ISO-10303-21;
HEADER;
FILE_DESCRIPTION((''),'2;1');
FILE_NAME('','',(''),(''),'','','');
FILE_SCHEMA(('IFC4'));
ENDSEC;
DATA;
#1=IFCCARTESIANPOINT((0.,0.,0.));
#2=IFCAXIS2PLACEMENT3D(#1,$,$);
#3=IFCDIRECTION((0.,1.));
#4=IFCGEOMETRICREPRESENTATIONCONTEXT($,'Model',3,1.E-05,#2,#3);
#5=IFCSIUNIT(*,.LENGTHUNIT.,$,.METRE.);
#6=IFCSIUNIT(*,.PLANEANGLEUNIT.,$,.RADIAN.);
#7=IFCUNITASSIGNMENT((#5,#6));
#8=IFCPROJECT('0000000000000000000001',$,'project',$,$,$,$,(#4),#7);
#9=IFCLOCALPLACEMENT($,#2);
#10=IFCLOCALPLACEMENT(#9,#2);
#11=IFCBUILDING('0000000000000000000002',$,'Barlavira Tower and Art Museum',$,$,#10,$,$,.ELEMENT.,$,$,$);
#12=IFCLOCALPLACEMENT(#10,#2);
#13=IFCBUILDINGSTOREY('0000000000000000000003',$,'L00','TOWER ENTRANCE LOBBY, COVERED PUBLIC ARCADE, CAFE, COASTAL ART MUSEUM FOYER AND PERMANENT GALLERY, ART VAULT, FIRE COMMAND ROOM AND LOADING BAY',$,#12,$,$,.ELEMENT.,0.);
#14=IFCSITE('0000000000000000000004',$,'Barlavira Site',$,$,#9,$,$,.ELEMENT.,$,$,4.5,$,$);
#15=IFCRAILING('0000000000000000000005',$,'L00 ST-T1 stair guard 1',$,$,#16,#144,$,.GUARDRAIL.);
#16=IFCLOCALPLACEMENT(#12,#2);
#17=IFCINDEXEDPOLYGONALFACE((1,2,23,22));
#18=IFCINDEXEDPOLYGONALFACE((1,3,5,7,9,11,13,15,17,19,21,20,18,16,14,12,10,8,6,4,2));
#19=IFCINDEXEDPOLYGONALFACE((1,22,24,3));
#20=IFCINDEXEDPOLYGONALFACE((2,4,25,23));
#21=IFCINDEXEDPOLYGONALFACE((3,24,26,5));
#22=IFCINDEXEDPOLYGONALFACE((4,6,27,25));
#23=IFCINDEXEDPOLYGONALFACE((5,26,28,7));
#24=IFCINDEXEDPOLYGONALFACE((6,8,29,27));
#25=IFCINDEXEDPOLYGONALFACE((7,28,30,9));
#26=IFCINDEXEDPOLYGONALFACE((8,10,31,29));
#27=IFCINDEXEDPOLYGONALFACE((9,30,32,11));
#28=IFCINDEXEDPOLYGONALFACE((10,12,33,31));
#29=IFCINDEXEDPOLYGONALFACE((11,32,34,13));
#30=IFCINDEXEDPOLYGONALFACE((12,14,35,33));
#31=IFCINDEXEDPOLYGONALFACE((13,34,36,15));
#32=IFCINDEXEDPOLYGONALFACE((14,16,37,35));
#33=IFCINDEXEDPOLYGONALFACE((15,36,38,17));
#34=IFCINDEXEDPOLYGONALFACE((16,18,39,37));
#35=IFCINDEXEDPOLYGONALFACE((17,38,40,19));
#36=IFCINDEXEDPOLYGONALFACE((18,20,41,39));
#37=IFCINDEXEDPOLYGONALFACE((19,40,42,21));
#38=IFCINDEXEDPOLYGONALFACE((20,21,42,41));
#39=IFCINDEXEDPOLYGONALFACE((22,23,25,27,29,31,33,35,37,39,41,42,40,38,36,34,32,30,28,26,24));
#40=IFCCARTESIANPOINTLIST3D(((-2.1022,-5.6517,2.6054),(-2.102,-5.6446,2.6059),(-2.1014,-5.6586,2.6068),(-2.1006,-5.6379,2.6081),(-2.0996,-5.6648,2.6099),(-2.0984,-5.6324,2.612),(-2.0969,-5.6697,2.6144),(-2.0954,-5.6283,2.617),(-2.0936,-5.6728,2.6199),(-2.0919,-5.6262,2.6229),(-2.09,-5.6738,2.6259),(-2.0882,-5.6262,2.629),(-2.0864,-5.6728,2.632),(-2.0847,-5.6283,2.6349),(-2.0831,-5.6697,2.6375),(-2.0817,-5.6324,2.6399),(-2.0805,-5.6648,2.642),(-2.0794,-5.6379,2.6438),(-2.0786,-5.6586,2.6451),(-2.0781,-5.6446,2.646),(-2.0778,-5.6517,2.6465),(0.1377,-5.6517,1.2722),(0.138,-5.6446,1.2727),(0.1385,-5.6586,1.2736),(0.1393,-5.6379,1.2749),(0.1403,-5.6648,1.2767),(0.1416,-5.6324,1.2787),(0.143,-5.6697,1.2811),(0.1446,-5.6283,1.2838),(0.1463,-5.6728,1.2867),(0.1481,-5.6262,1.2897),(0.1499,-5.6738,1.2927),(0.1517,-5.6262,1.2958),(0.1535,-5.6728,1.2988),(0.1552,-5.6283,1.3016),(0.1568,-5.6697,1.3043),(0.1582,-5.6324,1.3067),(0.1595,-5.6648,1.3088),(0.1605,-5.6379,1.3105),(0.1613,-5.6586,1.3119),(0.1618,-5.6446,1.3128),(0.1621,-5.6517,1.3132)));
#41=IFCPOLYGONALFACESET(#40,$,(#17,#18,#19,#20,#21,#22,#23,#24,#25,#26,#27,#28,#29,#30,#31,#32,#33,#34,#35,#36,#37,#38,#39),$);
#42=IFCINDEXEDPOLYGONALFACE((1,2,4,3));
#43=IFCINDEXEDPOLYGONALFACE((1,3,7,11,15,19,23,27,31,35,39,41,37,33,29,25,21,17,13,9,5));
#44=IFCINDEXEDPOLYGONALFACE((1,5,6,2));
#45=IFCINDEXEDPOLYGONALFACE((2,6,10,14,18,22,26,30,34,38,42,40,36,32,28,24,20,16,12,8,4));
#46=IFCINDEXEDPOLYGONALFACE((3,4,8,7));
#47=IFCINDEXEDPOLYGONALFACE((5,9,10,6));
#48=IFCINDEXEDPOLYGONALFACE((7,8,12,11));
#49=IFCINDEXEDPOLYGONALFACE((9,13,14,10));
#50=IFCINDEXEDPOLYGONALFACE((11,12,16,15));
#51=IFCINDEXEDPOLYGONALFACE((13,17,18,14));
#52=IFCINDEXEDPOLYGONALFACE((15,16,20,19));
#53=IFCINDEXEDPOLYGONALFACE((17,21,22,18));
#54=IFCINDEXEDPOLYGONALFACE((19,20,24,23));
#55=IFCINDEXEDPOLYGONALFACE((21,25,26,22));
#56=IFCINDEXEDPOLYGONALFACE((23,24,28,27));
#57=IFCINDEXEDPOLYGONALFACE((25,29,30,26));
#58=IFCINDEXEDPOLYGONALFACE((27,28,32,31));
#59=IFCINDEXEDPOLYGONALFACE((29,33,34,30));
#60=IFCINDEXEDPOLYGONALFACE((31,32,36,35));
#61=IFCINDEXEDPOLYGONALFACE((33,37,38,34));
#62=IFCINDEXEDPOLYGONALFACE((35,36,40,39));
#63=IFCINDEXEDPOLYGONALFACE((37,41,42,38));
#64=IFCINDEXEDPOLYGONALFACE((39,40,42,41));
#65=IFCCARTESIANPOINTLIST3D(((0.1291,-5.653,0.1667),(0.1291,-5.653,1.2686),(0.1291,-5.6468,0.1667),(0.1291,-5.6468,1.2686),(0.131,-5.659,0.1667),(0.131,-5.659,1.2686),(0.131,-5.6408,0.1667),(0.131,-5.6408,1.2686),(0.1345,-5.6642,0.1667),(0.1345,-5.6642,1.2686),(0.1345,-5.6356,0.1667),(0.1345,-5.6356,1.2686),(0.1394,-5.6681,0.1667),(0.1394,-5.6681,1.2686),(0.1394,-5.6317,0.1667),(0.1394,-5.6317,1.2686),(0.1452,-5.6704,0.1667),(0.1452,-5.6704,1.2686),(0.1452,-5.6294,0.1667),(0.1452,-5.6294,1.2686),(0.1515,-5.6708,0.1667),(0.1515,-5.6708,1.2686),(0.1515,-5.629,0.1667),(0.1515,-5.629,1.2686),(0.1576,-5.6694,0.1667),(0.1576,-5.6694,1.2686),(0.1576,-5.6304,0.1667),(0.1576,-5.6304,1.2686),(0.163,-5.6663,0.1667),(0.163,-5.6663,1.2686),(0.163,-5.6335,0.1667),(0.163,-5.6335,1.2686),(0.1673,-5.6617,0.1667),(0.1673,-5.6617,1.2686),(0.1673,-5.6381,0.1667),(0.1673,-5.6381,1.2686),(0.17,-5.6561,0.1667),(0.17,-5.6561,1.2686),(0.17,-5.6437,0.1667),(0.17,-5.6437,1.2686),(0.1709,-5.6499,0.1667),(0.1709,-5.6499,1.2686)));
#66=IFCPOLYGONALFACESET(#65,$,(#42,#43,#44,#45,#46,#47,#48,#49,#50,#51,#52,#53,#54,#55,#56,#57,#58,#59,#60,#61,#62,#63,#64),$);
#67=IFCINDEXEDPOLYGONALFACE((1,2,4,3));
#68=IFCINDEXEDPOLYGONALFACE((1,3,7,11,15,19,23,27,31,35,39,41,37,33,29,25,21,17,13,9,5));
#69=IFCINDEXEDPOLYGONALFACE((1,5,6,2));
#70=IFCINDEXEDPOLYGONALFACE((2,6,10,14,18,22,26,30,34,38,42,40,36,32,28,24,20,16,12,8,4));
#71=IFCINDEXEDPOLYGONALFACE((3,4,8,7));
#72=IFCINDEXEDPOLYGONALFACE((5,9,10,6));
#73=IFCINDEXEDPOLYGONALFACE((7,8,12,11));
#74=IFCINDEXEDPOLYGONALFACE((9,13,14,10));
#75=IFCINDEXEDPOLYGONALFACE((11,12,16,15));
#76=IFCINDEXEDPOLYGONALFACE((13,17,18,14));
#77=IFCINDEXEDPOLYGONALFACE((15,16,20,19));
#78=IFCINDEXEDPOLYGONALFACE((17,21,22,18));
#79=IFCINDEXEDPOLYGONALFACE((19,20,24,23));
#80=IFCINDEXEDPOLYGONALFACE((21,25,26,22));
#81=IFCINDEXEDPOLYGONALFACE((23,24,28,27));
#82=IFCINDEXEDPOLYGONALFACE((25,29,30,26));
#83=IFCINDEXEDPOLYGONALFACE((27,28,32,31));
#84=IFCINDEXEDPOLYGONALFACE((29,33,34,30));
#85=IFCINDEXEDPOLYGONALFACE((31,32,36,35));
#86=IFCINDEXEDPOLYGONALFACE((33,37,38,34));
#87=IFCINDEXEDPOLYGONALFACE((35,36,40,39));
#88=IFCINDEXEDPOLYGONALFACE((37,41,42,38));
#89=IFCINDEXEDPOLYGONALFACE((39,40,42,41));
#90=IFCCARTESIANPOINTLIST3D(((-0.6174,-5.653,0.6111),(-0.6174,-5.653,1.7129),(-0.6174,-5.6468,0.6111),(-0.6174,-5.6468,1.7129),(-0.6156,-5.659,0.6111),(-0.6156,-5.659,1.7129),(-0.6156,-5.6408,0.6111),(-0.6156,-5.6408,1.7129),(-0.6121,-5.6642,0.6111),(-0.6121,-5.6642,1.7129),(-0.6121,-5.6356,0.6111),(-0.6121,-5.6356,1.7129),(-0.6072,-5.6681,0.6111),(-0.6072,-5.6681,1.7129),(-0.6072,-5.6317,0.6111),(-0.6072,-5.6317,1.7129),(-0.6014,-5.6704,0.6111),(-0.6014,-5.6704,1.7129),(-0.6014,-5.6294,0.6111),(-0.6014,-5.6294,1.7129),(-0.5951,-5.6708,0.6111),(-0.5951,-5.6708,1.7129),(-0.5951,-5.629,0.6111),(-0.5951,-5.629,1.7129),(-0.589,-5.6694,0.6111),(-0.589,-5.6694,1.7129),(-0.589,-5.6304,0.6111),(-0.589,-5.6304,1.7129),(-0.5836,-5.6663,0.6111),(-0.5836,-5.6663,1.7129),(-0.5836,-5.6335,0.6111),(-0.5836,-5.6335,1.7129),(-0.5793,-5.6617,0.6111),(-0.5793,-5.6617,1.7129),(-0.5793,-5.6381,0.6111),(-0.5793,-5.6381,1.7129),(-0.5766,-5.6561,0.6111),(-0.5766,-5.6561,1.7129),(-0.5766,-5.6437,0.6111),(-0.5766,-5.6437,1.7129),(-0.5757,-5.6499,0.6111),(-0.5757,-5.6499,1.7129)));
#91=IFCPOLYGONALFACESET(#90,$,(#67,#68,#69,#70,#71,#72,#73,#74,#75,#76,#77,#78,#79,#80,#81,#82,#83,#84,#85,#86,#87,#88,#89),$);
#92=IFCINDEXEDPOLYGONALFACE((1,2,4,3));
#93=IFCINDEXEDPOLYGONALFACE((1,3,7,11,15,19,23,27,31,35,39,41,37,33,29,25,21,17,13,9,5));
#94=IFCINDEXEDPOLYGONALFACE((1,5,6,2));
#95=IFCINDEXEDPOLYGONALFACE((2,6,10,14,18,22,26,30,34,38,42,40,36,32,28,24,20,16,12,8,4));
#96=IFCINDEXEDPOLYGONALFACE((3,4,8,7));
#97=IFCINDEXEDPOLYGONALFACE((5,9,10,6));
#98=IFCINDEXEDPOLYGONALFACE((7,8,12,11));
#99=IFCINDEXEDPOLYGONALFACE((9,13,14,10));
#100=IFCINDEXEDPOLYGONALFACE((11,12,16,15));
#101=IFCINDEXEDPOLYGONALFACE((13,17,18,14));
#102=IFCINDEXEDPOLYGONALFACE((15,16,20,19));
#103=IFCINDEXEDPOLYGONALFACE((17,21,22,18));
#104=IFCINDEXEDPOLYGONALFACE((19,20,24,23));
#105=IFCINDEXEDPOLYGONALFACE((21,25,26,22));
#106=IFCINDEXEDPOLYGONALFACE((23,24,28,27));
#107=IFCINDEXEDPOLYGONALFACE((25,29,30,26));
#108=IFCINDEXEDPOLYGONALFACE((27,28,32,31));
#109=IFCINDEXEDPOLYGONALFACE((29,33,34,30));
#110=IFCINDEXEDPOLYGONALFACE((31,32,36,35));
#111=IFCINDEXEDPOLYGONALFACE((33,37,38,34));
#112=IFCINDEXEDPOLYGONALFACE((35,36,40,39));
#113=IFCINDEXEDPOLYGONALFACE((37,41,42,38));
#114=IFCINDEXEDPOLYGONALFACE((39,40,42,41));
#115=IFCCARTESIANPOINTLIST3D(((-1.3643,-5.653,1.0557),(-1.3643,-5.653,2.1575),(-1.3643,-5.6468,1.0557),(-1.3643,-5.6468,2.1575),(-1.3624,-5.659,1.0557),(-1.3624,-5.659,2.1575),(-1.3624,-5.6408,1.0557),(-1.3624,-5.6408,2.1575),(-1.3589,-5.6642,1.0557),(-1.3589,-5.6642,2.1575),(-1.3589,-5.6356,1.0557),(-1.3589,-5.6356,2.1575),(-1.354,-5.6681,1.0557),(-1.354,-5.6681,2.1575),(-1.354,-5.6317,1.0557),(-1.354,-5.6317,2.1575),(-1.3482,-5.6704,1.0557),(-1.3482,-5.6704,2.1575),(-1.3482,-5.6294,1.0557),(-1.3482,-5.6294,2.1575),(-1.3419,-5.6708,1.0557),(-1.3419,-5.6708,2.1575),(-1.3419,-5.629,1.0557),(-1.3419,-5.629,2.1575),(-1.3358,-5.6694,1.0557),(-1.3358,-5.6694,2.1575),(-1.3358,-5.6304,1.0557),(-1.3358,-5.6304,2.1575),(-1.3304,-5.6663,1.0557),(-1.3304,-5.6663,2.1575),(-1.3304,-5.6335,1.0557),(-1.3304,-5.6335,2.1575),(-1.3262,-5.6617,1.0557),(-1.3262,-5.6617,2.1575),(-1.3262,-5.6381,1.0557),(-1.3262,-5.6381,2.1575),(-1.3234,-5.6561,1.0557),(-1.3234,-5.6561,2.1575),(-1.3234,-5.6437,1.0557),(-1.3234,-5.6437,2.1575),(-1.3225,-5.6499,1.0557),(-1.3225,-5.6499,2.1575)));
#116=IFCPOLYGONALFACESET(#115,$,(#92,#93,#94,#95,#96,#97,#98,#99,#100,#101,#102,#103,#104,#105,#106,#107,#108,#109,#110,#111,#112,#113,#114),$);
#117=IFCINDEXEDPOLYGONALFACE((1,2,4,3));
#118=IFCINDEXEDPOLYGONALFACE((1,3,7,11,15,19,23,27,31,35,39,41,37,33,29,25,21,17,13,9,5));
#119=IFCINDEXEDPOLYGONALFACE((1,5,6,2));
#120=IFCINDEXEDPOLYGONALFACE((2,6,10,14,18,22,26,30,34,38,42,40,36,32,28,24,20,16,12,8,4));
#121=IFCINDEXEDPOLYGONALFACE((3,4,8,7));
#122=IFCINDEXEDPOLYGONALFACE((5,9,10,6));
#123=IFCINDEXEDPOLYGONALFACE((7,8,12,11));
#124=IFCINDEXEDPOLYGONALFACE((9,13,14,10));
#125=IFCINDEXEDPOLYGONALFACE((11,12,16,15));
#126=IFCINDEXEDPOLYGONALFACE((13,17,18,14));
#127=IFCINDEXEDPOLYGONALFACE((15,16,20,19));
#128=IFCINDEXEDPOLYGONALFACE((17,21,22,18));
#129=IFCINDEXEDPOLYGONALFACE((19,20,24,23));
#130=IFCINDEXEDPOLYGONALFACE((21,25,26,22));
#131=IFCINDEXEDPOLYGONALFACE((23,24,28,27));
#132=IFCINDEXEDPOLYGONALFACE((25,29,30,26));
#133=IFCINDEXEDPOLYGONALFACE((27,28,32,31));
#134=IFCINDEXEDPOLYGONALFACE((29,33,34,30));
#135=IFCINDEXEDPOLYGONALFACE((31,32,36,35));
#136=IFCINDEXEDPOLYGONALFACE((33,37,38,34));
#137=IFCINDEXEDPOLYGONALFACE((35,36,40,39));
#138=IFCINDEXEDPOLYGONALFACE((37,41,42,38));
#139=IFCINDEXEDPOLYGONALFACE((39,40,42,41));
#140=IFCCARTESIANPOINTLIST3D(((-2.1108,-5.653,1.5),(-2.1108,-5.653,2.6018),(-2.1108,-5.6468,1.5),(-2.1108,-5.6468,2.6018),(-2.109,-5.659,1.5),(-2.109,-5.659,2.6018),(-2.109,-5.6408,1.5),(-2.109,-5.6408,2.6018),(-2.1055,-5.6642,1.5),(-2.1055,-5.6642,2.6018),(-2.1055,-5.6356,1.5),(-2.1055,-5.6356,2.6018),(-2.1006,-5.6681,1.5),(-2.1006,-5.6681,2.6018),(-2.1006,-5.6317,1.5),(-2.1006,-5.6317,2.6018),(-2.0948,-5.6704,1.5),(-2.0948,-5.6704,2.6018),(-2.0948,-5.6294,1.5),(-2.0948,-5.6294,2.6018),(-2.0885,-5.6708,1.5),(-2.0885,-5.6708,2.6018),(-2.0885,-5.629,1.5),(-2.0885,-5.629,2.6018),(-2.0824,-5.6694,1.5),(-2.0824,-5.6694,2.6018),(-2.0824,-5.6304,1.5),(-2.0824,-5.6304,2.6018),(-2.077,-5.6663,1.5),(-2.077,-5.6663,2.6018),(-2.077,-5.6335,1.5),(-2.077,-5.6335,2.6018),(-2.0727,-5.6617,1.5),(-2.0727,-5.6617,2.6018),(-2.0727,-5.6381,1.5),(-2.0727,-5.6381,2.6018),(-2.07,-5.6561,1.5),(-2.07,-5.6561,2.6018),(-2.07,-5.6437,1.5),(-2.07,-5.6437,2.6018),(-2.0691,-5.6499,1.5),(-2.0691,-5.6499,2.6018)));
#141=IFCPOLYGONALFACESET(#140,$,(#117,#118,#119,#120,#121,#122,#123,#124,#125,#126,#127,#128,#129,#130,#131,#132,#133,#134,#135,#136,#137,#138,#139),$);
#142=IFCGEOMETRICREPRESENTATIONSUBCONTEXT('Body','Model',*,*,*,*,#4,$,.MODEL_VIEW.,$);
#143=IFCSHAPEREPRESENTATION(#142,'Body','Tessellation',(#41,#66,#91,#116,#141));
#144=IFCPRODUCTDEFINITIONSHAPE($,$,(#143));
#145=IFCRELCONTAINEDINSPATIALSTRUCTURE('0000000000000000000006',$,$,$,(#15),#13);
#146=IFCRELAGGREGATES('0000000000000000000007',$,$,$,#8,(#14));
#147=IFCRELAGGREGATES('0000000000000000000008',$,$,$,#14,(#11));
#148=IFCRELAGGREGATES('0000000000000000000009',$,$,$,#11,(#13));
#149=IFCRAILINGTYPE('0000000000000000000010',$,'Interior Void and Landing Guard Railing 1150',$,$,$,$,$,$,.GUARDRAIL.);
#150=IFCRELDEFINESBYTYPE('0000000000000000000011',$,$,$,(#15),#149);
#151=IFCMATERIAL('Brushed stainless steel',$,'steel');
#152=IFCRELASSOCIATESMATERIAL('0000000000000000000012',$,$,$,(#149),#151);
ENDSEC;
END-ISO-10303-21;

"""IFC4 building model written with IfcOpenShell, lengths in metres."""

from ifc_helpers import new_model, si_unit, direction, frame, origin, origin_2d, place, context, subcontext, project, spatial, circle, extrude, material, type_object, element, save


model = new_model("IFC4")

# Units and contexts
model_context = context("Model", 3, precision=1e-05, world=origin(), true_north=direction((0.0, 1.0)))
body_context = subcontext(model_context, "Body", "Model", "MODEL_VIEW")
ifc_project = project(units=[si_unit("LENGTHUNIT", "METRE"), si_unit("PLANEANGLEUNIT", "RADIAN")], contexts=[model_context])

# Site, building, storey
site_placement = place(None, origin())
site = spatial("IfcSite", under=ifc_project, at=site_placement, Name="Barlavira Site", CompositionType="ELEMENT", RefElevation=4.5)
building_placement = place(site_placement, origin())
building = spatial("IfcBuilding", under=site, at=building_placement, Name="Barlavira Tower and Art Museum", CompositionType="ELEMENT")
storey_placement = place(building_placement, origin())
storey = spatial("IfcBuildingStorey", under=building, at=storey_placement, Name="L00", Description="TOWER ENTRANCE LOBBY, COVERED PUBLIC ARCADE, CAFE, COASTAL ART MUSEUM FOYER AND PERMANENT GALLERY, ART VAULT, FIRE COMMAND ROOM AND LOADING BAY", CompositionType="ELEMENT", Elevation=0.0)

# Shared definitions
ifc_material_1 = material(Name="Brushed stainless steel", Category="steel")

# Railing
railing_type_1 = type_object("IfcRailingType", Name="Interior Void and Landing Guard Railing 1150", PredefinedType="GUARDRAIL", material=ifc_material_1)
railing_1_placement = place(storey_placement, frame((0.1499, -5.6499, 0.1667)))
element("IfcRailing", 1, at=railing_1_placement, inside=storey, type_object=railing_type_1, Name="L00 ST-T1 stair guard 1", PredefinedType="GUARDRAIL", context=body_context, shape_type="SweptSolid", body=[
    extrude(circle(Radius=0.0239, at=origin_2d()), frame((0.0, 0.0, 1.126), z_axis=(-0.859306, 0.0, 0.511462), x_axis=(0.0, -1.0, 0.0)), (0.0, 0.0, 1.0), 2.6067),
    extrude(circle(Radius=0.021, at=origin_2d()), origin(), (0.0, 0.0, 1.0), 1.1018),
    extrude(circle(Radius=0.021, at=origin_2d()), frame((-0.7466, 0.0, 0.4443)), (0.0, 0.0, 1.0), 1.1018),
    extrude(circle(Radius=0.021, at=origin_2d()), frame((-1.4934, 0.0, 0.8889)), (0.0, 0.0, 1.0), 1.1018),
    extrude(circle(Radius=0.021, at=origin_2d()), frame((-2.24, 0.0, 1.3333)), (0.0, 0.0, 1.0), 1.1018),
])

save(model, "model.ifc")
